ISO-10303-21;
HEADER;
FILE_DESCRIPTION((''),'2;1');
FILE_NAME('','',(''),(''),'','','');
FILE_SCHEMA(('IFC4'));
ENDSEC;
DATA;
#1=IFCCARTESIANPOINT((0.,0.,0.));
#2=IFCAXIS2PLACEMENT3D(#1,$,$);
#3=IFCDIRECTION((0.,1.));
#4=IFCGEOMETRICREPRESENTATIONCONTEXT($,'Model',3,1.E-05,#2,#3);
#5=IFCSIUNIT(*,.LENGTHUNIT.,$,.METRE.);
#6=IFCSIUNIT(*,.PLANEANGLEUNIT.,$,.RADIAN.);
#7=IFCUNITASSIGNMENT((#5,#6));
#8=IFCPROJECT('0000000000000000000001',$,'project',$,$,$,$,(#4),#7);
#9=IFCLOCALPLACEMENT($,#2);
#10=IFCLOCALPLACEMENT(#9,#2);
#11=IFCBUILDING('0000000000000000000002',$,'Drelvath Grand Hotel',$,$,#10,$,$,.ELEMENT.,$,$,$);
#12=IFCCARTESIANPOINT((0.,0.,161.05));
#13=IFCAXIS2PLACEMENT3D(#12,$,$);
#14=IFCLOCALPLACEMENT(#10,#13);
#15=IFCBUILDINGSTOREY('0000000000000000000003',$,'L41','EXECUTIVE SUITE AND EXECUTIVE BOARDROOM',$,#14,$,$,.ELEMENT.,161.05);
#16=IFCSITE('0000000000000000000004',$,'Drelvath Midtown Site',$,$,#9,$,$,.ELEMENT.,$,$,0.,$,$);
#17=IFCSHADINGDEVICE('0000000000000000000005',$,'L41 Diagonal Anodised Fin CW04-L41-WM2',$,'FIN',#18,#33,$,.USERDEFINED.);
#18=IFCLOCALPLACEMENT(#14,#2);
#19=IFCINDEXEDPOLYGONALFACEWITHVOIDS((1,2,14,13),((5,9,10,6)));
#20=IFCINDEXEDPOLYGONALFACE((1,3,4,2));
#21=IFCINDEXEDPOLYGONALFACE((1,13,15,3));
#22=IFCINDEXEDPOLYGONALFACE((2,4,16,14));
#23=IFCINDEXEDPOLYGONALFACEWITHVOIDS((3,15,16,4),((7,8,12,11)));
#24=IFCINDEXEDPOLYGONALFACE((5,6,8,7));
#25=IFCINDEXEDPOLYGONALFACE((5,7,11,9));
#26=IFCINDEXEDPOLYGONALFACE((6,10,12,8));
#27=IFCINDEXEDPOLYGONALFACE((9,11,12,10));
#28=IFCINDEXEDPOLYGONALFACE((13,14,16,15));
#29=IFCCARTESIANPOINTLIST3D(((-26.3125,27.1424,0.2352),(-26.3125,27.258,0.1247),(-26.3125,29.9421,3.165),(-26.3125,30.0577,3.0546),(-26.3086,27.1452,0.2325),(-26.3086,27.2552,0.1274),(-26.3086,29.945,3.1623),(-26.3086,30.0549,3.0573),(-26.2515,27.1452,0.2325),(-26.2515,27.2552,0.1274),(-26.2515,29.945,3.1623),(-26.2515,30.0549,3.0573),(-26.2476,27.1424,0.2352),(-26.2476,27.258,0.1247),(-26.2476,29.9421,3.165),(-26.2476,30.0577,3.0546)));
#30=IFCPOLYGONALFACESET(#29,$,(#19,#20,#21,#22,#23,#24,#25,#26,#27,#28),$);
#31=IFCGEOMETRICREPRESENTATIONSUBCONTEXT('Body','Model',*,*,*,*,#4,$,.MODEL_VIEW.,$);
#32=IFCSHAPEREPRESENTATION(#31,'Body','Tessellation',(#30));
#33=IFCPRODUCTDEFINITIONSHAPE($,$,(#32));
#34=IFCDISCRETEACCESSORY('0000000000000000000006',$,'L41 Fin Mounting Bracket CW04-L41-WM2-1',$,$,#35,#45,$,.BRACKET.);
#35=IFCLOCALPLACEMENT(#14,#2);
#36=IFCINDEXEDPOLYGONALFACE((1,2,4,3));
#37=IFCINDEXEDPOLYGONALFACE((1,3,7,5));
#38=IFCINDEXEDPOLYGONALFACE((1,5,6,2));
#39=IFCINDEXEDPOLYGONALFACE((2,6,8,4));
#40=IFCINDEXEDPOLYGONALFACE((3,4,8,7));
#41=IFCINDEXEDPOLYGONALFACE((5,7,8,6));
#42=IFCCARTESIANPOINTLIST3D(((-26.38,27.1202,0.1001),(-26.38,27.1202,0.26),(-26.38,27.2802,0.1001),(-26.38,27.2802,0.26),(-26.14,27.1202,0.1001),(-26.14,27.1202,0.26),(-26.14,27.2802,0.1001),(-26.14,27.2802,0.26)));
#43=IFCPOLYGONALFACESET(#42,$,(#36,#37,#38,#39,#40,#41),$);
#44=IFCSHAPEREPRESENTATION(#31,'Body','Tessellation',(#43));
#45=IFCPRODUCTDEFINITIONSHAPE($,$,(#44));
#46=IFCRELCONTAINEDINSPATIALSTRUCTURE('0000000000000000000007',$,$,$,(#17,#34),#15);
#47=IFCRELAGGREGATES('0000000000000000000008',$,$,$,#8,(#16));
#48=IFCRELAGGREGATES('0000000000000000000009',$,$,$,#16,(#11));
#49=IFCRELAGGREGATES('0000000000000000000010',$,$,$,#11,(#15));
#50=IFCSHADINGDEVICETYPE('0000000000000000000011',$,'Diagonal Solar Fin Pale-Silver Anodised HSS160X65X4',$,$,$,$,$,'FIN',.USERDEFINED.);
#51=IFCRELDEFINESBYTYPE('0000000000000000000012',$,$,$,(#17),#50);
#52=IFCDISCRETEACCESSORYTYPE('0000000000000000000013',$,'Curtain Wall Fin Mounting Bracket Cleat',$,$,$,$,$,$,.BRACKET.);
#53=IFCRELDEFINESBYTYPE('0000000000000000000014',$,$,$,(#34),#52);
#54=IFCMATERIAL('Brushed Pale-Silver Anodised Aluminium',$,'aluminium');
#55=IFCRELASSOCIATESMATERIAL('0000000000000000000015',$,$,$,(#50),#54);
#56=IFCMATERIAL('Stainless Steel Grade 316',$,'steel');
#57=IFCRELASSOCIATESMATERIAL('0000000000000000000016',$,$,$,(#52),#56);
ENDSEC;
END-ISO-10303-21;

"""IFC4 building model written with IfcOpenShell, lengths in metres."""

from ifc_helpers import new_model, si_unit, direction, frame, origin, origin_2d, place, context, subcontext, project, spatial, rectangle, hollow_rectangle, extrude, material, material_profile, profile_set, type_object, element, save


model = new_model("IFC4")

# Units and contexts
model_context = context("Model", 3, precision=1e-05, world=origin(), true_north=direction((0.0, 1.0)))
body_context = subcontext(model_context, "Body", "Model", "MODEL_VIEW")
ifc_project = project(units=[si_unit("LENGTHUNIT", "METRE"), si_unit("PLANEANGLEUNIT", "RADIAN")], contexts=[model_context])

# Site, building, storey
site_placement = place(None, origin())
site = spatial("IfcSite", under=ifc_project, at=site_placement, Name="Drelvath Midtown Site", CompositionType="ELEMENT", RefElevation=0.0)
building_placement = place(site_placement, origin())
building = spatial("IfcBuilding", under=site, at=building_placement, Name="Drelvath Grand Hotel", CompositionType="ELEMENT")
storey_placement = place(building_placement, frame((0.0, 0.0, 161.05)))
storey = spatial("IfcBuildingStorey", under=building, at=storey_placement, Name="L41", Description="EXECUTIVE SUITE AND EXECUTIVE BOARDROOM", CompositionType="ELEMENT", Elevation=161.05)

# Shading device
ifc_material_1 = material(Name="Brushed Pale-Silver Anodised Aluminium", Category="aluminium")
ifc_material_profile_1 = material_profile(ifc_material_1, hollow_rectangle(XDim=0.0649, YDim=0.1599, WallThickness=0.0039, at=origin_2d()), Name="HSS160X65X4")
ifc_profile_set_1 = profile_set([ifc_material_profile_1], Name="Brushed Pale-Silver Anodised Aluminium")
shading_device_type = type_object("IfcShadingDeviceType", Name="Diagonal Solar Fin Pale-Silver Anodised HSS160X65X4", ElementType="FIN", PredefinedType="USERDEFINED", material=ifc_profile_set_1)
shading_device_placement = place(storey_placement, frame((-26.28, 27.2002, 0.1799), z_axis=(0.0, 0.69087, 0.722979), x_axis=(-1.0, 0.0, 0.0)))
element("IfcShadingDevice", 1, at=shading_device_placement, inside=storey, type_object=shading_device_type, Name="L41 Diagonal Anodised Fin CW04-L41-WM2", ObjectType="FIN", PredefinedType="USERDEFINED", context=body_context, shape_type="SweptSolid", body=[
    extrude(hollow_rectangle(XDim=0.0649, YDim=0.1599, WallThickness=0.0039, at=origin_2d()), origin(), (0.0, 0.0, 1.0), 4.0525),
])

# Discrete accessory
ifc_material_2 = material(Name="Stainless Steel Grade 316", Category="steel")
discrete_accessory_type = type_object("IfcDiscreteAccessoryType", Name="Curtain Wall Fin Mounting Bracket Cleat", PredefinedType="BRACKET", material=ifc_material_2)
discrete_accessory_placement = place(storey_placement, frame((-26.26, 27.2002, 0.1001), z_axis=(0.0, 0.0, 1.0), x_axis=(0.0, 1.0, 0.0)))
element("IfcDiscreteAccessory", 2, at=discrete_accessory_placement, inside=storey, type_object=discrete_accessory_type, Name="L41 Fin Mounting Bracket CW04-L41-WM2-1", PredefinedType="BRACKET", context=body_context, shape_type="SweptSolid", body=[
    extrude(rectangle(XDim=0.1599, YDim=0.24, at=origin_2d()), origin(), (0.0, 0.0, 1.0), 0.1599),
])

save(model, "model.ifc")
